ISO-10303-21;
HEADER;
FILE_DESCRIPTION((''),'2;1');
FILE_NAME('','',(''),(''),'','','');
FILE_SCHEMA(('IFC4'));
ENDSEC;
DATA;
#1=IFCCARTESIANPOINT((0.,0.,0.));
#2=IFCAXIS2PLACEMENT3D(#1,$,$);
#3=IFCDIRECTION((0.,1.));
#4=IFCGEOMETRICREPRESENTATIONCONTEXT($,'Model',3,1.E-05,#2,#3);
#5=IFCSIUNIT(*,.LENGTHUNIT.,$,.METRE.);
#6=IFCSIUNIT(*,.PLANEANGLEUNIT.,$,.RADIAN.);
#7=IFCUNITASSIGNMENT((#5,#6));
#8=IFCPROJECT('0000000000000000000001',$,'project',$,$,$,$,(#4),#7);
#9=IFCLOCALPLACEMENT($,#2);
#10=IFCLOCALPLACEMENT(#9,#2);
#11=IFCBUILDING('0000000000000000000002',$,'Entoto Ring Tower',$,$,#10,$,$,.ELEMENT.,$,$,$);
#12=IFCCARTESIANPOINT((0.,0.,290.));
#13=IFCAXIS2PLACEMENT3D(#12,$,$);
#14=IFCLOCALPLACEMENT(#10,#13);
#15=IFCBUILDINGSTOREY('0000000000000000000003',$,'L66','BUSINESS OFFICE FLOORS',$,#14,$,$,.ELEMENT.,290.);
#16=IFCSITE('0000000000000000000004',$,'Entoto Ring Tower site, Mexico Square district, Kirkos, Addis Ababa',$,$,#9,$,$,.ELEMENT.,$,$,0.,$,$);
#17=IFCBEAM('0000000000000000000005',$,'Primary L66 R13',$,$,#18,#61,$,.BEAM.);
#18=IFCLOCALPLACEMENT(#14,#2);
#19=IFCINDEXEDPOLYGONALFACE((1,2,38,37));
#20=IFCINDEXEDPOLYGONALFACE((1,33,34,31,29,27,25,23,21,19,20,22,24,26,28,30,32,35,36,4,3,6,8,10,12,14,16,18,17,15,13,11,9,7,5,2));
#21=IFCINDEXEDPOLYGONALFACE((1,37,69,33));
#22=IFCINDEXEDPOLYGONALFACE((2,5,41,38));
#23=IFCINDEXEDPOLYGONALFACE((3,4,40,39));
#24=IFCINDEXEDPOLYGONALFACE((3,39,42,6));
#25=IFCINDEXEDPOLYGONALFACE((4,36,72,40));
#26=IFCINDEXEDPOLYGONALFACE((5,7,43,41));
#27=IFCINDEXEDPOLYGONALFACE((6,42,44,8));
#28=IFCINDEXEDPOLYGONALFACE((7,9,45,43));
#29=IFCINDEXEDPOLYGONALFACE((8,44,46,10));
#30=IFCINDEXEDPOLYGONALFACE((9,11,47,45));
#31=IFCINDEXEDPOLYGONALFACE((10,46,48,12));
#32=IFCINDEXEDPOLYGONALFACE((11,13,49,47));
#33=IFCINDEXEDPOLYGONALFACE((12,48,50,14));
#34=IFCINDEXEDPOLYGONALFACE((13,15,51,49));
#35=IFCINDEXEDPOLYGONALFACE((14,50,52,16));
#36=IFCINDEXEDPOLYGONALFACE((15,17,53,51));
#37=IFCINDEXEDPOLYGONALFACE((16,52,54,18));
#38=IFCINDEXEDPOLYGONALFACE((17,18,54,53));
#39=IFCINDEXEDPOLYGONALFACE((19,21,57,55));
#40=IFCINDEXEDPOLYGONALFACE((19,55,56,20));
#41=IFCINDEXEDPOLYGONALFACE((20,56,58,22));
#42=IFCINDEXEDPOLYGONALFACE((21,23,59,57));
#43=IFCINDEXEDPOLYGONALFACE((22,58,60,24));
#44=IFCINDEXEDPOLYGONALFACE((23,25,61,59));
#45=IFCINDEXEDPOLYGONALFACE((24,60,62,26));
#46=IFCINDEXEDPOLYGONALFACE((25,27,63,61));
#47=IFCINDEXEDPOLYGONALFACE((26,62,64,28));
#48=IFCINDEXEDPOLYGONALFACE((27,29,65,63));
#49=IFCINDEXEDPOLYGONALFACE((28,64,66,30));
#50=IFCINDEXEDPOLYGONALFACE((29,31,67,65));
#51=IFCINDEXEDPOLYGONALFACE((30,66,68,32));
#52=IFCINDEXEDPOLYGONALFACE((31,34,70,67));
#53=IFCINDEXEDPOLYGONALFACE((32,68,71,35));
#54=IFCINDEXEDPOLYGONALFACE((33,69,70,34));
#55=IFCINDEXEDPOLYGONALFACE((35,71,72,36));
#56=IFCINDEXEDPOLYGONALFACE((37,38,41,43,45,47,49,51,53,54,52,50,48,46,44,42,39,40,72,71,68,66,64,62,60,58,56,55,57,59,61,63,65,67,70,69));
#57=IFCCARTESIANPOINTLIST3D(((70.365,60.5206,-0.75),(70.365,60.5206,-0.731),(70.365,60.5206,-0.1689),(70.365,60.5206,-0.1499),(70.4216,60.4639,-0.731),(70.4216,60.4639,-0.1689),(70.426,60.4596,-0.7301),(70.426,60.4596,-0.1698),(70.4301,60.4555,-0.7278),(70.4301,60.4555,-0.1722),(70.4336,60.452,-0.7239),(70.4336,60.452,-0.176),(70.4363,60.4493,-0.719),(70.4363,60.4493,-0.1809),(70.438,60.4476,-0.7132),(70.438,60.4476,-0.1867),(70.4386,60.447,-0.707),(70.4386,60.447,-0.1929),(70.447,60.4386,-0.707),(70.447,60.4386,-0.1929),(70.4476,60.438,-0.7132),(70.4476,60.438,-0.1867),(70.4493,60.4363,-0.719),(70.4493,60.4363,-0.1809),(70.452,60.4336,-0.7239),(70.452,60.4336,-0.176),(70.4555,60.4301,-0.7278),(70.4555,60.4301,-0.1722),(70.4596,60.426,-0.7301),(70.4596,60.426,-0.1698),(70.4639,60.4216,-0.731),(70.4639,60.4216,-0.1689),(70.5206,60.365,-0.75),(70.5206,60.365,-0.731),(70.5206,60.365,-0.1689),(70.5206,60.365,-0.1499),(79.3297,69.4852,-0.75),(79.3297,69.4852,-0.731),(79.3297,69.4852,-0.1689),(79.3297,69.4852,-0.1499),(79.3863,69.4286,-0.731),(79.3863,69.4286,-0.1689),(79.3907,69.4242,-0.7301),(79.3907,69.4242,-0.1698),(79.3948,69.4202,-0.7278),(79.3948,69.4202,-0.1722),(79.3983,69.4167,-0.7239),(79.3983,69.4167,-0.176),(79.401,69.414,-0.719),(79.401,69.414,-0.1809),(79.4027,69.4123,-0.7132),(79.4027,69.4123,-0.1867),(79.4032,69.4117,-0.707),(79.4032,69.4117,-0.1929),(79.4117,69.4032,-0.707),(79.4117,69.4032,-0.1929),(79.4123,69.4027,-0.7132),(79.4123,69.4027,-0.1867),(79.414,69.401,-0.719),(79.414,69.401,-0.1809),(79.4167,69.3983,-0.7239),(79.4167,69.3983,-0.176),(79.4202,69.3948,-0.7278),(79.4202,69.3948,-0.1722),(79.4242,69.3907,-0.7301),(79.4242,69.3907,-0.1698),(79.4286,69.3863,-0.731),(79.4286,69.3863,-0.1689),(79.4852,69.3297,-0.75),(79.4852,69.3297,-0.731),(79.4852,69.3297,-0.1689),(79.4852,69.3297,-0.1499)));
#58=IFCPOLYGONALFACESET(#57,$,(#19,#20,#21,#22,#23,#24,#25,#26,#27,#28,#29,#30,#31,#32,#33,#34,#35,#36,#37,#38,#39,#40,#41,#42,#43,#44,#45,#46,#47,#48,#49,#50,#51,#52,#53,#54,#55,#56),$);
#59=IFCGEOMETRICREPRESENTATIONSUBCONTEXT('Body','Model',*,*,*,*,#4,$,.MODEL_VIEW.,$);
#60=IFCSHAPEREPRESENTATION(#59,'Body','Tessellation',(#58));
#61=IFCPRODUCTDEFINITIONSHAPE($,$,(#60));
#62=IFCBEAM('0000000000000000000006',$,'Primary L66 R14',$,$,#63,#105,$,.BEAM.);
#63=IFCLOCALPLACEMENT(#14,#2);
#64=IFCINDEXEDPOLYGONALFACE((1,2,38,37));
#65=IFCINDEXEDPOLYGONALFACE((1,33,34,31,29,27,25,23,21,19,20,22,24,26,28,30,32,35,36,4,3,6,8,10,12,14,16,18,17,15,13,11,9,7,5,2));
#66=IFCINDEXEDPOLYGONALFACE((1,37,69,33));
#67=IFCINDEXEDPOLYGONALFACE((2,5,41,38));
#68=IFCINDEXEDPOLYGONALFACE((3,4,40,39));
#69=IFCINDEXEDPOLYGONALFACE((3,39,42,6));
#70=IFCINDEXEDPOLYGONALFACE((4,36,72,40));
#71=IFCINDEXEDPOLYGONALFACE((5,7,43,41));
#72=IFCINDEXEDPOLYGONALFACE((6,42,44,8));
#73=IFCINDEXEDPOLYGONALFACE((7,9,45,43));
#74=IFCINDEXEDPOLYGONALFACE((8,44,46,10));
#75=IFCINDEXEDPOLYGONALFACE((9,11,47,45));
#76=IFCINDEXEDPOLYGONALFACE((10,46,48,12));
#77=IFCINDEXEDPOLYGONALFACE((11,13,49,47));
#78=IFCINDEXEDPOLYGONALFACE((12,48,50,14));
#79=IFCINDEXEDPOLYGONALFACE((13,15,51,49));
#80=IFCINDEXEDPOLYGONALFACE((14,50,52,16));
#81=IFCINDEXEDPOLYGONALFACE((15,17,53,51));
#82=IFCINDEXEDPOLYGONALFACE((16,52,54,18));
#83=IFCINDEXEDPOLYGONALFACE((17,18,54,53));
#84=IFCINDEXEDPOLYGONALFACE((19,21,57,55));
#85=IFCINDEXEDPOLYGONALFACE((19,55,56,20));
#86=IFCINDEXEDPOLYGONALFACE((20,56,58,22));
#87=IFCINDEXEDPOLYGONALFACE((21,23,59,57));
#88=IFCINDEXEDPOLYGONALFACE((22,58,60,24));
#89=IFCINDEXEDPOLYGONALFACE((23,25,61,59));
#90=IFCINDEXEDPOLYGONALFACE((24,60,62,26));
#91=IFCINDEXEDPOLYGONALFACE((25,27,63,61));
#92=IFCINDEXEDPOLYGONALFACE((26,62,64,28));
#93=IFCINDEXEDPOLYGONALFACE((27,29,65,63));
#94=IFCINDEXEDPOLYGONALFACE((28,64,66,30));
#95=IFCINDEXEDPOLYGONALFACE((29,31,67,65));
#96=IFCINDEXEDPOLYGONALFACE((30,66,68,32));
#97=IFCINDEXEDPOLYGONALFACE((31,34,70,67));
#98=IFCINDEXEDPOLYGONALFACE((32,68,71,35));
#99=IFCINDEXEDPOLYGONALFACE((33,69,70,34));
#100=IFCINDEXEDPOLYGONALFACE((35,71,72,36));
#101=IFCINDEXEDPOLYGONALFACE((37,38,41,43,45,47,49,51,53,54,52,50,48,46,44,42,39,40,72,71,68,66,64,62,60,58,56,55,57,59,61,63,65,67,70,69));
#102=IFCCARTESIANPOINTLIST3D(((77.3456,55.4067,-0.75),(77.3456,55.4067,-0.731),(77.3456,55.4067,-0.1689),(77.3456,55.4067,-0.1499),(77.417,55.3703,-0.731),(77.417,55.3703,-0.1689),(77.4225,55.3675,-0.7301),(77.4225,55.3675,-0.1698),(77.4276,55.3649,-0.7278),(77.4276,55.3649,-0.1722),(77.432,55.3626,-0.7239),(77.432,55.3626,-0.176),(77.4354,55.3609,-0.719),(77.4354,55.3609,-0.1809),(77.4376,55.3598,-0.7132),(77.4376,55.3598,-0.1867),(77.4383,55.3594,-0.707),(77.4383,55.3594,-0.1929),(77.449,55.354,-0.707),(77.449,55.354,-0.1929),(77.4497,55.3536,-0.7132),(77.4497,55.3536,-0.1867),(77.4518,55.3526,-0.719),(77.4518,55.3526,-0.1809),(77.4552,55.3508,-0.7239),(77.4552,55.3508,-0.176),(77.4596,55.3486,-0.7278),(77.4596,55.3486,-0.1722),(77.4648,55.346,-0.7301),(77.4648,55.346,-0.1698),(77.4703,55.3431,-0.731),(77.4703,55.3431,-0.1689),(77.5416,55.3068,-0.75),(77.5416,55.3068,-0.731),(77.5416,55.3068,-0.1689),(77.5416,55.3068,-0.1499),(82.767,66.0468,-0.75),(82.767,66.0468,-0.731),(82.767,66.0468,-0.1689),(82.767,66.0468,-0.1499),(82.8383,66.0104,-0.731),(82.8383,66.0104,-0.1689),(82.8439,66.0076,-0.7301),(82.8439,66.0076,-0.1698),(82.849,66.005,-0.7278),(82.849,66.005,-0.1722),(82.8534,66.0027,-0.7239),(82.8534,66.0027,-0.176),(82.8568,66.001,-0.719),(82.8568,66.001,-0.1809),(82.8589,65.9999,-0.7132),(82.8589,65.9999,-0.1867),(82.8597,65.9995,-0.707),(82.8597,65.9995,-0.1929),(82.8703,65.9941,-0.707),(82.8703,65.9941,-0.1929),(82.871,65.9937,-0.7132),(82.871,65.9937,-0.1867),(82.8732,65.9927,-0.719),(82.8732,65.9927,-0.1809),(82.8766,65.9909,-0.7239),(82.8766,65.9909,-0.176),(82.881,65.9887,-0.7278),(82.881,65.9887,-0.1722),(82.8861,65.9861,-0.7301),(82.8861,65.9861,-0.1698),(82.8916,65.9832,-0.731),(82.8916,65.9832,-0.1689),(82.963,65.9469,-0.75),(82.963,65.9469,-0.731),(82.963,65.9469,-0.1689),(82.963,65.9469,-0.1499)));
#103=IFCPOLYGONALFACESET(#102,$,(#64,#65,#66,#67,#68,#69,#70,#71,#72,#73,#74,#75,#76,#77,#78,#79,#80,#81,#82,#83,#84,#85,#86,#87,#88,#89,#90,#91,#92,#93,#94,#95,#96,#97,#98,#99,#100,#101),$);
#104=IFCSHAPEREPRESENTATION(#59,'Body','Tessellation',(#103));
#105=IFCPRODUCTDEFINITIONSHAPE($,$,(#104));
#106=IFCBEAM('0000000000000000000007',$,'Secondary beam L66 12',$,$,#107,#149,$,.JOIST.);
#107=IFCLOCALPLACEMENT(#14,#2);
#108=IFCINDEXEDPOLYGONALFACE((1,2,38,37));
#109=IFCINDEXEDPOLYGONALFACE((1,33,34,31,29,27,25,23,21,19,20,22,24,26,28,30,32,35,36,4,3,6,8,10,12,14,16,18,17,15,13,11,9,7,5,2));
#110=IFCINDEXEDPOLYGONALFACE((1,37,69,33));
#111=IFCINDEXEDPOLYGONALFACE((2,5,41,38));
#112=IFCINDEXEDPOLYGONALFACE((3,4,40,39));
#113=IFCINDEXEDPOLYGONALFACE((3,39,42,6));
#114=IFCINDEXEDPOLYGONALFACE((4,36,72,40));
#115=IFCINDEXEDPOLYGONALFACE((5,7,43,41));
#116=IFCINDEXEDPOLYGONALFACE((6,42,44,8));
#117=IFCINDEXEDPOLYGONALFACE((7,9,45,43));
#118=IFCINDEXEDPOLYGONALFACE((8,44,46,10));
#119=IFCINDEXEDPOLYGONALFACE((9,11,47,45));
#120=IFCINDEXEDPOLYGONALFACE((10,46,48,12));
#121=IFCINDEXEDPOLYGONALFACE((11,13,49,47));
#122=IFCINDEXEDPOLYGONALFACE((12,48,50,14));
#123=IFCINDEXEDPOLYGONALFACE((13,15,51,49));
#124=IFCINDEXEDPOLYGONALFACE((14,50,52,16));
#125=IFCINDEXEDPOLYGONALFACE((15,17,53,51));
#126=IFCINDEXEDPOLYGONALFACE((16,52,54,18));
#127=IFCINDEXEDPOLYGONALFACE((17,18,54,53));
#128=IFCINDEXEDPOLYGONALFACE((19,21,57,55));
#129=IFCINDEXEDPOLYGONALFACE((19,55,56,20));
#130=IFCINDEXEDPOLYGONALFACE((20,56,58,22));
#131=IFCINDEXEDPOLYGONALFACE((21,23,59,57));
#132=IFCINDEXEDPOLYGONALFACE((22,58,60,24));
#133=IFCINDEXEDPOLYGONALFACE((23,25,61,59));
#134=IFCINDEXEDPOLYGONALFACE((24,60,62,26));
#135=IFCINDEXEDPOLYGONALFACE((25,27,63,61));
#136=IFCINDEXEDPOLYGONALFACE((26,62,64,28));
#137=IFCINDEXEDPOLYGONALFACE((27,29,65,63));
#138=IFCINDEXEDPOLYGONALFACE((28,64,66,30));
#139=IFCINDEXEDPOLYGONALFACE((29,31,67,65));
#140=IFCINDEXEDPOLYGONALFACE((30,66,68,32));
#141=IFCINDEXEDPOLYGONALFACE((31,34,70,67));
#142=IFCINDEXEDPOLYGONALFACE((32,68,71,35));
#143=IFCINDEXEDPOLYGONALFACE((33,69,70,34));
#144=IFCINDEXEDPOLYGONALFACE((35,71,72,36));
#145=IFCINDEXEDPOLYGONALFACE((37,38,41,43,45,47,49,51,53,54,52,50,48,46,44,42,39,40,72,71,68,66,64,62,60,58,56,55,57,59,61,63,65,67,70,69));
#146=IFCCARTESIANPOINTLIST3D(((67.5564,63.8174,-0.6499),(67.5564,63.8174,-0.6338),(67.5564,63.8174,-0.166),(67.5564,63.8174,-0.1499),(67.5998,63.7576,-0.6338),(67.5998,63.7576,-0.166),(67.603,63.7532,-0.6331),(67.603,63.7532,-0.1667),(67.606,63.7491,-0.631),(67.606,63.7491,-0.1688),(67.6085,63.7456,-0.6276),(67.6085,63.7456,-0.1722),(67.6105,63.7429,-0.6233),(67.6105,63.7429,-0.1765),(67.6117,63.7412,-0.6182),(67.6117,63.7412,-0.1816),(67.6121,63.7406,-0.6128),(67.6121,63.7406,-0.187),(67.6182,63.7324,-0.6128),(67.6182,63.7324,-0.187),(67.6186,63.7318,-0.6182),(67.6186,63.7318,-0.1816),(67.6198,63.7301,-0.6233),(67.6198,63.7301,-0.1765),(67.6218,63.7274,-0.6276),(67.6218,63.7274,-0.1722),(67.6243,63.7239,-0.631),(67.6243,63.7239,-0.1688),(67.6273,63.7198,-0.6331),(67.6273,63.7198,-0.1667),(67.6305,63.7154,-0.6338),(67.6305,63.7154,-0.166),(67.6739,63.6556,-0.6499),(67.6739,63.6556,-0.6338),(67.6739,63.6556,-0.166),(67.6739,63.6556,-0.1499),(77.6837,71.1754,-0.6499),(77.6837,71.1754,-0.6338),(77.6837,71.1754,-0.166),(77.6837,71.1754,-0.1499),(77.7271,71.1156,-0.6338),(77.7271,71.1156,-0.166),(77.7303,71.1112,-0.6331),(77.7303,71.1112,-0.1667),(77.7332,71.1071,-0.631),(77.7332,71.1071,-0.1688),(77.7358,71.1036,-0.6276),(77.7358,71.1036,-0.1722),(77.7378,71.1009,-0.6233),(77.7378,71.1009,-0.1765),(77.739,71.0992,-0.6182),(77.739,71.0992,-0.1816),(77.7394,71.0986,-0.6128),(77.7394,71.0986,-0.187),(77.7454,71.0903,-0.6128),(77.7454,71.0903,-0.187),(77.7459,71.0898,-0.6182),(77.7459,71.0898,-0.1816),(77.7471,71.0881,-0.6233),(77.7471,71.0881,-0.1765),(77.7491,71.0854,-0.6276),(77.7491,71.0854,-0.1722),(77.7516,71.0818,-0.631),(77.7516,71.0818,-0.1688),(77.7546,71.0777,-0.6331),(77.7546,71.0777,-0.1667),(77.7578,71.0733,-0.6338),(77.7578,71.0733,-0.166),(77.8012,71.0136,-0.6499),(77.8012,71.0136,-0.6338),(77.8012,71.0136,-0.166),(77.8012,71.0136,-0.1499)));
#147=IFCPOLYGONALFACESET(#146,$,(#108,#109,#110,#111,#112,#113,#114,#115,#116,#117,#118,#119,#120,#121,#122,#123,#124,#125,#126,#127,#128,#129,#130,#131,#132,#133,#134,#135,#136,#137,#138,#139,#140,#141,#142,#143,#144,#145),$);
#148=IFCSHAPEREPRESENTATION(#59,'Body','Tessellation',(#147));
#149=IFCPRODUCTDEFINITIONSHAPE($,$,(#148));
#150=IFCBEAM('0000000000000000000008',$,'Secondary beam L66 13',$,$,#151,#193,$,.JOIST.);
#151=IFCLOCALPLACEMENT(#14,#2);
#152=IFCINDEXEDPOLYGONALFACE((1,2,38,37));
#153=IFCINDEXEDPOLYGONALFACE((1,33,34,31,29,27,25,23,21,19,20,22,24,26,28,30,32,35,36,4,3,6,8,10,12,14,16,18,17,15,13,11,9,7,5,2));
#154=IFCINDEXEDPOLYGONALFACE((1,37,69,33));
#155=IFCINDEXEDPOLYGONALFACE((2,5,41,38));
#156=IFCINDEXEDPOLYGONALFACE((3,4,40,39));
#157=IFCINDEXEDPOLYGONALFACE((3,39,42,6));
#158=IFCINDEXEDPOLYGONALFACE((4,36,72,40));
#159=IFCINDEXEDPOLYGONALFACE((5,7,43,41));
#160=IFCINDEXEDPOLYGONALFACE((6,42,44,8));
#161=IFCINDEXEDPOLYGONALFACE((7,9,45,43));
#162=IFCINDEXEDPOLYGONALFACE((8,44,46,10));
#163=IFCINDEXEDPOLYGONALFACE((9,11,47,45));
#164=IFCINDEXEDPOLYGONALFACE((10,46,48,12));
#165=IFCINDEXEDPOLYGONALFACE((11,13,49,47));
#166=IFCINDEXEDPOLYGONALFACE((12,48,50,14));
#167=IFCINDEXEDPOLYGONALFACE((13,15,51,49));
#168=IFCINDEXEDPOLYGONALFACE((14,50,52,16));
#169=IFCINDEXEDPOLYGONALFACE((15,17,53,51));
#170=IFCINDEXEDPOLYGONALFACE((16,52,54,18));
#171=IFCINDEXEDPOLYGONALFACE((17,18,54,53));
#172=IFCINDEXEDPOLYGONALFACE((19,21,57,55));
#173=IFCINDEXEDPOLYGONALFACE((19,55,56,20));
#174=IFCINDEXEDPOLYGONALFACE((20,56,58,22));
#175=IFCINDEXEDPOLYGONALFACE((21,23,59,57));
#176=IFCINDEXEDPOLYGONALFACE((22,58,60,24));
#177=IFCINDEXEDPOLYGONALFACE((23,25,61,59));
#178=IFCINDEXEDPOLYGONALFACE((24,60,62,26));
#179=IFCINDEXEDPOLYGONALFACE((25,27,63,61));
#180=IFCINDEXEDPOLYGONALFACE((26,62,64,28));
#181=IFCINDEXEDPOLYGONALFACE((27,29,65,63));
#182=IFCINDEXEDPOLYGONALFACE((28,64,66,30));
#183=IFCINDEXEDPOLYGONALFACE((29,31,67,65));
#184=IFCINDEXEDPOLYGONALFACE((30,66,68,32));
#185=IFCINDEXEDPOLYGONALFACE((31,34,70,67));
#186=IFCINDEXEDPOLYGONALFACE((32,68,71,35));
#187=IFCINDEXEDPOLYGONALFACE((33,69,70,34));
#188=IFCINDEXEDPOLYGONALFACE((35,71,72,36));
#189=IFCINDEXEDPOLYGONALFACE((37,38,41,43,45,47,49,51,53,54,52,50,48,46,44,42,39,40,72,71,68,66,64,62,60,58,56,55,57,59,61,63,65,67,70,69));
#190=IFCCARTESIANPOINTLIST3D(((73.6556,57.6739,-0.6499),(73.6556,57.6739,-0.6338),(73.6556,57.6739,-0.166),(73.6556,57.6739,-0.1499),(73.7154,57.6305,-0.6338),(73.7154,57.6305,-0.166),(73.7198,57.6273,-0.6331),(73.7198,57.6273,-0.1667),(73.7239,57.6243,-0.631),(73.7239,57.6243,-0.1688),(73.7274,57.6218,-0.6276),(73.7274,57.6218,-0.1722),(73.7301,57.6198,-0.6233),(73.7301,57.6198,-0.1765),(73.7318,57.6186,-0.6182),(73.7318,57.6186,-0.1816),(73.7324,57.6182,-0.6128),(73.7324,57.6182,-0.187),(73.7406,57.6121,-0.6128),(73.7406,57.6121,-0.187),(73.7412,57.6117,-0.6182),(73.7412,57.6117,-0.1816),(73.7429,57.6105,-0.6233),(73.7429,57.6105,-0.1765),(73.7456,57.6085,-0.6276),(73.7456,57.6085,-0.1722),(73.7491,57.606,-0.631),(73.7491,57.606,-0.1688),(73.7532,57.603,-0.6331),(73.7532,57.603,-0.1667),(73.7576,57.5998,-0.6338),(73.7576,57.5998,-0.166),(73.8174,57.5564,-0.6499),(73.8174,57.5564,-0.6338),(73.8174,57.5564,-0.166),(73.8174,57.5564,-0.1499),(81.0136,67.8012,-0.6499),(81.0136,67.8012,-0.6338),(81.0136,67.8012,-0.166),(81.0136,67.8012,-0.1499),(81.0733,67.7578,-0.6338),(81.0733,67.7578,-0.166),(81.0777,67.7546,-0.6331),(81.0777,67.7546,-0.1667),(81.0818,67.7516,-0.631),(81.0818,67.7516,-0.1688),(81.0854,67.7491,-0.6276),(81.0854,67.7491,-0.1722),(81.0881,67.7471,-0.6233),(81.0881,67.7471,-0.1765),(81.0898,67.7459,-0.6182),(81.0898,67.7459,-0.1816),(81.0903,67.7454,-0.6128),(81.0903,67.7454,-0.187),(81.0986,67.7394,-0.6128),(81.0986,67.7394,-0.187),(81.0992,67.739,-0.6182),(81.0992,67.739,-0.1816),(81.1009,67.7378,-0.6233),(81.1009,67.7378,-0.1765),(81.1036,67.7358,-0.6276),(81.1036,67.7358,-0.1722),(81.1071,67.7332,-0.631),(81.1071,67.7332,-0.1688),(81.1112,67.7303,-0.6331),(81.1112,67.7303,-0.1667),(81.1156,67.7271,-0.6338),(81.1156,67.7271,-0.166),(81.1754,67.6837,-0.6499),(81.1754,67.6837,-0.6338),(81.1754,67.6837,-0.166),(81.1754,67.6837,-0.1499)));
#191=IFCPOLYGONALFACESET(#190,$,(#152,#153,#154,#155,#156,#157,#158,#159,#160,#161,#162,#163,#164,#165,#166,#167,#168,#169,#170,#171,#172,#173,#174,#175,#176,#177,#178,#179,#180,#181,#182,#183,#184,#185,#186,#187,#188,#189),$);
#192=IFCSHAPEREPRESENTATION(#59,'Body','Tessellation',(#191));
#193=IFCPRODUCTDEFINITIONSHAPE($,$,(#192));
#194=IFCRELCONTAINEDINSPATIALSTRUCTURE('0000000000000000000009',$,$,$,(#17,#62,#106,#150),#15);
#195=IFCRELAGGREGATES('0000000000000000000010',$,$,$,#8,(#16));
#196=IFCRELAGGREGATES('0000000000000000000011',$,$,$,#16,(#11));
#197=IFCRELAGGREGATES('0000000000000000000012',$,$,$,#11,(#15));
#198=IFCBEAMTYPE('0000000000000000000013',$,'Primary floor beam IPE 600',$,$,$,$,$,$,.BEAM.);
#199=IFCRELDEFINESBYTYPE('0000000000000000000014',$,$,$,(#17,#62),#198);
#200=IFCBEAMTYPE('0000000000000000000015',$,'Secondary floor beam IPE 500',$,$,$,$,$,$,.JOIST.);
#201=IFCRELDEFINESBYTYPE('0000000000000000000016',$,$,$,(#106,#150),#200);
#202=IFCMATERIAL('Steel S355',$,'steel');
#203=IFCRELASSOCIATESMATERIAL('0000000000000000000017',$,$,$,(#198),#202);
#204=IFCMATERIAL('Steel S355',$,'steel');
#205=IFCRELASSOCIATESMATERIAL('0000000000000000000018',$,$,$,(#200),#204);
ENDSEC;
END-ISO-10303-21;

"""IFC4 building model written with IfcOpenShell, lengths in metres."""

from ifc_helpers import new_model, si_unit, direction, frame, origin, origin_2d, place, context, subcontext, project, spatial, i_section, extrude, material, material_profile, profile_set, type_object, element, save


model = new_model("IFC4")

# Units and contexts
model_context = context("Model", 3, precision=1e-05, world=origin(), true_north=direction((0.0, 1.0)))
body_context = subcontext(model_context, "Body", "Model", "MODEL_VIEW")
ifc_project = project(units=[si_unit("LENGTHUNIT", "METRE"), si_unit("PLANEANGLEUNIT", "RADIAN")], contexts=[model_context])

# Site, building, storey
site_placement = place(None, origin())
site = spatial("IfcSite", under=ifc_project, at=site_placement, Name="Entoto Ring Tower site, Mexico Square district, Kirkos, Addis Ababa", CompositionType="ELEMENT", RefElevation=0.0)
building_placement = place(site_placement, origin())
building = spatial("IfcBuilding", under=site, at=building_placement, Name="Entoto Ring Tower", CompositionType="ELEMENT")
storey_placement = place(building_placement, frame((0.0, 0.0, 290.0)))
storey = spatial("IfcBuildingStorey", under=building, at=storey_placement, Name="L66", Description="BUSINESS OFFICE FLOORS", CompositionType="ELEMENT", Elevation=290.0)

# Beams
ifc_material_1 = material(Name="Steel S355", Category="steel")
ifc_material_profile_1 = material_profile(ifc_material_1, i_section(OverallWidth=0.22, OverallDepth=0.6001, WebThickness=0.012, FlangeThickness=0.019, FilletRadius=0.0239, at=origin_2d()), Name="IPE 600")
ifc_profile_set_1 = profile_set([ifc_material_profile_1], Name="Steel S355")
beam_type_1 = type_object("IfcBeamType", Name="Primary floor beam IPE 600", PredefinedType="BEAM", material=ifc_profile_set_1)
beam_1_placement = place(storey_placement, frame((79.4075, 69.4075, -0.45), z_axis=(-0.707107, -0.707107, 0.0), x_axis=(0.707107, -0.707107, 0.0)))
element("IfcBeam", 1, at=beam_1_placement, inside=storey, type_object=beam_type_1, Name="Primary L66 R13", PredefinedType="BEAM", context=body_context, shape_type="SweptSolid", body=[
    extrude(i_section(OverallWidth=0.22, OverallDepth=0.6001, WebThickness=0.012, FlangeThickness=0.019, FilletRadius=0.0239, at=origin_2d()), origin(), (0.0, 0.0, 1.0), 12.678),
])
beam_2_placement = place(storey_placement, frame((82.865, 65.9968, -0.45), z_axis=(-0.453988, -0.891008, 0.0), x_axis=(0.891008, -0.453988, 0.0)))
element("IfcBeam", 2, at=beam_2_placement, inside=storey, type_object=beam_type_1, Name="Primary L66 R14", PredefinedType="BEAM", context=body_context, shape_type="SweptSolid", body=[
    extrude(i_section(OverallWidth=0.22, OverallDepth=0.6001, WebThickness=0.012, FlangeThickness=0.019, FilletRadius=0.0239, at=origin_2d()), origin(), (0.0, 0.0, 1.0), 11.9417),
])
ifc_material_2 = material(Name="Steel S355", Category="steel")
ifc_material_profile_2 = material_profile(ifc_material_2, i_section(OverallWidth=0.2, OverallDepth=0.5, WebThickness=0.0103, FlangeThickness=0.0161, FilletRadius=0.021, at=origin_2d()), Name="IPE 500")
ifc_profile_set_2 = profile_set([ifc_material_profile_2], Name="Steel S355")
beam_type_2 = type_object("IfcBeamType", Name="Secondary floor beam IPE 500", PredefinedType="JOIST", material=ifc_profile_set_2)
for number, where, z_axis, x_axis, name in (
    (3, (77.7424, 71.0945, -0.3999), (-0.809014, -0.587789, 0.0), (0.587789, -0.809014, 0.0), "Secondary beam L66 12"),
    (4, (81.0945, 67.7424, -0.3999), (-0.587789, -0.809014, 0.0), (0.809014, -0.587789, 0.0), "Secondary beam L66 13"),
):
    element("IfcBeam", number, at=place(storey_placement, frame(where, z_axis=z_axis, x_axis=x_axis)), inside=storey, type_object=beam_type_2, Name=name, PredefinedType="JOIST", context=body_context, shape_type="SweptSolid", body=[
        extrude(i_section(OverallWidth=0.2, OverallDepth=0.5, WebThickness=0.0103, FlangeThickness=0.0161, FilletRadius=0.021, at=origin_2d()), origin(), (0.0, 0.0, 1.0), 12.5181),
    ])

save(model, "model.ifc")
